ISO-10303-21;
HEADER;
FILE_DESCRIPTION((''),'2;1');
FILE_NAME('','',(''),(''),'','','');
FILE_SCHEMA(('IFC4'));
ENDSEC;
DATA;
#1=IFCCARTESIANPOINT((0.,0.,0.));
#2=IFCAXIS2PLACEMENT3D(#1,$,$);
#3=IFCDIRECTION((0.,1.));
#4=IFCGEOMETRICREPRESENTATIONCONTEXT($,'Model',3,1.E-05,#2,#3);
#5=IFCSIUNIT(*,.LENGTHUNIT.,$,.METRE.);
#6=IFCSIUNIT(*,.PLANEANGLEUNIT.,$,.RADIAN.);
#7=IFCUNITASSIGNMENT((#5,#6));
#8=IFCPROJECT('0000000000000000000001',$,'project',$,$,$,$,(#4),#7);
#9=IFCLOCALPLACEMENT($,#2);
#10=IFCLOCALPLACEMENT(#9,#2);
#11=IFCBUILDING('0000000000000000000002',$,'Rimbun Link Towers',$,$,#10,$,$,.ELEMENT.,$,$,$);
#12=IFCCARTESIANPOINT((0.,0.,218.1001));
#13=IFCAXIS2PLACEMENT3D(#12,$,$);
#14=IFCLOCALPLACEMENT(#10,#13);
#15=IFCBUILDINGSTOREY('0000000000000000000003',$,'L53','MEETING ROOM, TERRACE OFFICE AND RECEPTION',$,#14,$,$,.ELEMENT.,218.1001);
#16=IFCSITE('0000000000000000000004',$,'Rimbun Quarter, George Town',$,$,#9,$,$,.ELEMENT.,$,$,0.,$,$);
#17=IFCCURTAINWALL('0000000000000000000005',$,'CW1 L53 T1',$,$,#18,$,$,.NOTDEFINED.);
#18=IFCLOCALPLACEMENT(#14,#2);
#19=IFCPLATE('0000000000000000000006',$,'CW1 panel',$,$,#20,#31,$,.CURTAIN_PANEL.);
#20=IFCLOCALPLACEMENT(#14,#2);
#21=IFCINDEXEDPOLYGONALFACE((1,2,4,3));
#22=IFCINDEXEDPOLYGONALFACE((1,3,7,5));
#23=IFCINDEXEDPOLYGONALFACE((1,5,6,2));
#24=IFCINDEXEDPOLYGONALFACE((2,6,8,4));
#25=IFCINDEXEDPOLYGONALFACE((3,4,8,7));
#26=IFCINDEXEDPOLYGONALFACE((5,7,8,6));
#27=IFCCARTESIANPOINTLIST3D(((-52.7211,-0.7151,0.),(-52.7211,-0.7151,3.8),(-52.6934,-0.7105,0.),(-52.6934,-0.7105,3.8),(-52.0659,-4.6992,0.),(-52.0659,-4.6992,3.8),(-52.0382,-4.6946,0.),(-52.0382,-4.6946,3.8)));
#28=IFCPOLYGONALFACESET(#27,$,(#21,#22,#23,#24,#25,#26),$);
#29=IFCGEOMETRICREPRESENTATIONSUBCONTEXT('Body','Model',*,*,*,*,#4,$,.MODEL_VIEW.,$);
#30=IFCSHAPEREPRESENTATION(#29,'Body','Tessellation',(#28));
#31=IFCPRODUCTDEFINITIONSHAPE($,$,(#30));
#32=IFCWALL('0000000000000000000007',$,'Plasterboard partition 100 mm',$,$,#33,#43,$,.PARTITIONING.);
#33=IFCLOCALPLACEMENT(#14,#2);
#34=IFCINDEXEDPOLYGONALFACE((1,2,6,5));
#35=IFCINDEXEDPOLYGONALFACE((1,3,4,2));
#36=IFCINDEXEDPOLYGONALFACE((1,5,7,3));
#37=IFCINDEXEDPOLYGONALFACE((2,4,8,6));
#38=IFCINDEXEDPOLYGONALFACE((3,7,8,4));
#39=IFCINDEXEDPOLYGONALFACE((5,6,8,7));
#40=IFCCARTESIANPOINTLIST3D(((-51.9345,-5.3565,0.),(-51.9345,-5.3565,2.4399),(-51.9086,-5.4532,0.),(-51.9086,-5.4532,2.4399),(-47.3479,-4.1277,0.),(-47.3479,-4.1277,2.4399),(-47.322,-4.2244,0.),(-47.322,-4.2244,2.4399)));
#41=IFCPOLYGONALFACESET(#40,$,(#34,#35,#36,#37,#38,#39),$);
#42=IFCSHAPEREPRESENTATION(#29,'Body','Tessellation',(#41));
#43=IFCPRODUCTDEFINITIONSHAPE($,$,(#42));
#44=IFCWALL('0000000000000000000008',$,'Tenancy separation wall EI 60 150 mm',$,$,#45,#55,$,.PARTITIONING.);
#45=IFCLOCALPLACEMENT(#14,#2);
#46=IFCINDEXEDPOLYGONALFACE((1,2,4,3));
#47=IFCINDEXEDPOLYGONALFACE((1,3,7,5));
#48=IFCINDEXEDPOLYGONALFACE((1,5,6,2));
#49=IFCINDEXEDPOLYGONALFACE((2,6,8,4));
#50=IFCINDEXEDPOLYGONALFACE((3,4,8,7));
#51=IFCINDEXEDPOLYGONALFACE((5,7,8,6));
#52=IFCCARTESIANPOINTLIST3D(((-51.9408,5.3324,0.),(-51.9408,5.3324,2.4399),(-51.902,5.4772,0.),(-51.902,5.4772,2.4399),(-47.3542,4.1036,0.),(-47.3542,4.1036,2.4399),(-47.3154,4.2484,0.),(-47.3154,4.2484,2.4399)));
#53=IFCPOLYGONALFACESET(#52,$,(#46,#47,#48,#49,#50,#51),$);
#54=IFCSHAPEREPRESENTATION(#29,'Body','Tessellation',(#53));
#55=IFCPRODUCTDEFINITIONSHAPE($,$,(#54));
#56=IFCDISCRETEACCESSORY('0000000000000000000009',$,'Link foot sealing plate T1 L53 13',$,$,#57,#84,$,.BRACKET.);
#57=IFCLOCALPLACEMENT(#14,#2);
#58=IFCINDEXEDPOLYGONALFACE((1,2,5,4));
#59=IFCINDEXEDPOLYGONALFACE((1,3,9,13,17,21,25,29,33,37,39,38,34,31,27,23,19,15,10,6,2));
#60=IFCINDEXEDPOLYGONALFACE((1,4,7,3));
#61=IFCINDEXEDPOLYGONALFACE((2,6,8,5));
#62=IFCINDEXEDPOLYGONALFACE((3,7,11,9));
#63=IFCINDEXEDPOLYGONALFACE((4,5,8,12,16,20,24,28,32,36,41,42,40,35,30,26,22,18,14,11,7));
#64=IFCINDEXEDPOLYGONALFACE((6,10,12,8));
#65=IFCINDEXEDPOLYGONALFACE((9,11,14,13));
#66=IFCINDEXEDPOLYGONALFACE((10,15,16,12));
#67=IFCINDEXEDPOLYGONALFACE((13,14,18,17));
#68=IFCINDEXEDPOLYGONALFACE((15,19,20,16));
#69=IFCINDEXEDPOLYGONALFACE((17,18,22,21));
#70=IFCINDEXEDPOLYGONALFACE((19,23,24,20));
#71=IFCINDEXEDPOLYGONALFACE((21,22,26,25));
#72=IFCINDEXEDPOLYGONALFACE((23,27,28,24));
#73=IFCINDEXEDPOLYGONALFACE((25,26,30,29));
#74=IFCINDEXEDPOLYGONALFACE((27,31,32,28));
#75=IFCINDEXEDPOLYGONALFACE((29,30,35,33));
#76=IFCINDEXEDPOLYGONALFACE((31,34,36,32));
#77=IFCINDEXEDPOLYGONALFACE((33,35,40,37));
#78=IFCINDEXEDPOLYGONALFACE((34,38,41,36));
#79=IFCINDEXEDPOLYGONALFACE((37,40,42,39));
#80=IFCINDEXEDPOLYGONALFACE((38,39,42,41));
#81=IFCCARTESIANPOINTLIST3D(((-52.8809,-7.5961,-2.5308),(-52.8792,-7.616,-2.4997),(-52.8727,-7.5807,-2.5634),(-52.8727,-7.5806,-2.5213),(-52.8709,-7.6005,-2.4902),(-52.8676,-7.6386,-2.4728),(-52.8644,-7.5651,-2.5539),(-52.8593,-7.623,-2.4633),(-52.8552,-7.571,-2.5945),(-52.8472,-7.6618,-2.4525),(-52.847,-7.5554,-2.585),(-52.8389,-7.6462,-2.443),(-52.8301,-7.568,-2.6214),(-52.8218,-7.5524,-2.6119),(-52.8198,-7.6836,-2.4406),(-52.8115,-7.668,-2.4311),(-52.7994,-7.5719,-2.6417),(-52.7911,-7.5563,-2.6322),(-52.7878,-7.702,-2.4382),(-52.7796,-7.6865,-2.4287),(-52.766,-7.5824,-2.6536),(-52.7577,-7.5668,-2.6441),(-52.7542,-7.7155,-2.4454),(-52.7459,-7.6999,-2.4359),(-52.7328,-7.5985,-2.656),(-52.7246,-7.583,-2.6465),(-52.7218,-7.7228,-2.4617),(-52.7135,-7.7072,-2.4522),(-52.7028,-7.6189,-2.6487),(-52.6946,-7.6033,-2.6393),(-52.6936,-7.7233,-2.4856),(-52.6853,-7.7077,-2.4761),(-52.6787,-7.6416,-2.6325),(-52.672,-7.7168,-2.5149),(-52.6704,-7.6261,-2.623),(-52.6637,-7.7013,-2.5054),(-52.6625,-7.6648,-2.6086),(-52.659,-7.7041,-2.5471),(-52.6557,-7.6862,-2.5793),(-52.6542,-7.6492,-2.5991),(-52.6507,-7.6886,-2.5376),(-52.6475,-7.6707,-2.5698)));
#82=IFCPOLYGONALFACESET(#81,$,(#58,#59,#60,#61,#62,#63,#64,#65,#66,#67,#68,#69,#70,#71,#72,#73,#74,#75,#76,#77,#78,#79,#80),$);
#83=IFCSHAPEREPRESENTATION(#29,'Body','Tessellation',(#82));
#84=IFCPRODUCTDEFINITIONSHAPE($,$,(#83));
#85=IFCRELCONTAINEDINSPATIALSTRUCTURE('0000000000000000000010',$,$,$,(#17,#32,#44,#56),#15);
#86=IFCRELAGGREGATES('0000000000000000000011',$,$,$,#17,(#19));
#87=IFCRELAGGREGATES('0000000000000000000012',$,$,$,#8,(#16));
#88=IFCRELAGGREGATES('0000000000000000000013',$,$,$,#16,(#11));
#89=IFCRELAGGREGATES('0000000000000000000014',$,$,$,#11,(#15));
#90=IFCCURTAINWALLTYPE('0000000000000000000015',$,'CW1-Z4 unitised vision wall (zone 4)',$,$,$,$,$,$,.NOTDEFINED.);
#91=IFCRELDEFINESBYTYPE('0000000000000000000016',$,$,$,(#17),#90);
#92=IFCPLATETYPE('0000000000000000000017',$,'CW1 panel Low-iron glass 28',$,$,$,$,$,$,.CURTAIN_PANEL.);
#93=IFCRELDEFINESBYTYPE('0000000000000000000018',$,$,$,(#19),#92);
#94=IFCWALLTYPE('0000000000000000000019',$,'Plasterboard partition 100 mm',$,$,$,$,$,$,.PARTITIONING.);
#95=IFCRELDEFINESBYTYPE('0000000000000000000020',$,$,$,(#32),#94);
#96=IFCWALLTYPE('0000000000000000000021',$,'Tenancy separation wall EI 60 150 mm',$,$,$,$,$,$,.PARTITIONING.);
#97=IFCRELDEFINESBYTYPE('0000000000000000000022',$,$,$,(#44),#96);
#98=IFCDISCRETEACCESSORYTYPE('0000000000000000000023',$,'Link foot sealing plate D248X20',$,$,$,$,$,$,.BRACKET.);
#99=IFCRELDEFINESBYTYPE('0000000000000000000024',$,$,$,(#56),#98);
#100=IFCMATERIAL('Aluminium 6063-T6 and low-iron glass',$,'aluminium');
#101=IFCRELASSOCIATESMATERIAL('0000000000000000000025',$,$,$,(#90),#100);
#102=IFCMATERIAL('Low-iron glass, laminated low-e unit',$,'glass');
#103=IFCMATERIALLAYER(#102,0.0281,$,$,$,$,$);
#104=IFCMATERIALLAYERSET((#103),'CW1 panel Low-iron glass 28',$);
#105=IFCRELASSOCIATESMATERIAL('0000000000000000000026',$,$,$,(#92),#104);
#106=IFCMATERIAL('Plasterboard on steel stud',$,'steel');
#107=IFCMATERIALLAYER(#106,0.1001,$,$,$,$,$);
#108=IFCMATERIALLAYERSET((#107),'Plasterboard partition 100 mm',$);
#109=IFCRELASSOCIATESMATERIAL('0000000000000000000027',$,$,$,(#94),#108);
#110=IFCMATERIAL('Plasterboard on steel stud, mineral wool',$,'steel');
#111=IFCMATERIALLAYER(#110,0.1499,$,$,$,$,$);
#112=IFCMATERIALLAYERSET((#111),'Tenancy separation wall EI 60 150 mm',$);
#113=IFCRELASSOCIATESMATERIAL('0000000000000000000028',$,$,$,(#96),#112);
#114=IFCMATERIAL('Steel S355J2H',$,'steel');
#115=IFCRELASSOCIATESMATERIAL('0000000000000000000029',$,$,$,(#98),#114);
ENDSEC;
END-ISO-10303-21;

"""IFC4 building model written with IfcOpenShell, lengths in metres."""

from ifc_helpers import new_model, si_unit, direction, frame, frame_2d, origin, origin_2d, place, context, subcontext, project, spatial, rectangle, circle, extrude, material, layer, layer_set, material_profile, profile_set, type_object, element, aggregate, save


model = new_model("IFC4")

# Units and contexts
model_context = context("Model", 3, precision=1e-05, world=origin(), true_north=direction((0.0, 1.0)))
body_context = subcontext(model_context, "Body", "Model", "MODEL_VIEW")
ifc_project = project(units=[si_unit("LENGTHUNIT", "METRE"), si_unit("PLANEANGLEUNIT", "RADIAN")], contexts=[model_context])

# Site, building, storey
site_placement = place(None, origin())
site = spatial("IfcSite", under=ifc_project, at=site_placement, Name="Rimbun Quarter, George Town", CompositionType="ELEMENT", RefElevation=0.0)
building_placement = place(site_placement, origin())
building = spatial("IfcBuilding", under=site, at=building_placement, Name="Rimbun Link Towers", CompositionType="ELEMENT")
storey_placement = place(building_placement, frame((0.0, 0.0, 218.1001)))
storey = spatial("IfcBuildingStorey", under=building, at=storey_placement, Name="L53", Description="MEETING ROOM, TERRACE OFFICE AND RECEPTION", CompositionType="ELEMENT", Elevation=218.1001)

# Curtain wall
ifc_material_1 = material(Name="Aluminium 6063-T6 and low-iron glass", Category="aluminium")
curtain_wall_type = type_object("IfcCurtainWallType", Name="CW1-Z4 unitised vision wall (zone 4)", PredefinedType="NOTDEFINED", material=ifc_material_1)
curtain_wall_placement = place(storey_placement, origin())
curtain_wall = element("IfcCurtainWall", 1, at=curtain_wall_placement, inside=storey, type_object=curtain_wall_type, Name="CW1 L53 T1", PredefinedType="NOTDEFINED")

# Plate
ifc_material_2 = material(Name="Low-iron glass, laminated low-e unit", Category="glass")
ifc_layer_1 = layer(ifc_material_2, 0.0281)
ifc_layer_set_1 = layer_set([ifc_layer_1], Name="CW1 panel Low-iron glass 28")
plate_type = type_object("IfcPlateType", Name="CW1 panel Low-iron glass 28", PredefinedType="CURTAIN_PANEL", material=ifc_layer_set_1)
plate_1_placement = place(storey_placement, frame((-52.3796, -2.7048, 0.0), z_axis=(0.0, 0.0, 1.0), x_axis=(-0.162264, 0.986747, 0.0)))
plate_1 = element("IfcPlate", 2, at=plate_1_placement, type_object=plate_type, Name="CW1 panel", PredefinedType="CURTAIN_PANEL", context=body_context, shape_type="SweptSolid", body=[
    extrude(rectangle(XDim=4.0376, YDim=0.0281, at=origin_2d()), origin(), (0.0, 0.0, 1.0), 3.8),
])
aggregate(curtain_wall, [plate_1])

# Walls
ifc_material_3 = material(Name="Plasterboard on steel stud", Category="steel")
ifc_layer_2 = layer(ifc_material_3, 0.1001)
ifc_layer_set_2 = layer_set([ifc_layer_2], Name="Plasterboard partition 100 mm")
wall_type_1 = type_object("IfcWallType", Name="Plasterboard partition 100 mm", PredefinedType="PARTITIONING", material=ifc_layer_set_2)
wall_1_placement = place(storey_placement, frame((-51.9214, -5.4048, 0.0), z_axis=(0.0, 0.0, 1.0), x_axis=(0.965935, 0.258786, 0.0)))
element("IfcWall", 3, at=wall_1_placement, inside=storey, type_object=wall_type_1, Name="Plasterboard partition 100 mm", PredefinedType="PARTITIONING", context=body_context, shape_type="SweptSolid", body=[
    extrude(rectangle(XDim=4.7483, YDim=0.1001, at=frame_2d((2.374, 0.0))), origin(), (0.0, 0.0, 1.0), 2.4399),
])
ifc_material_4 = material(Name="Plasterboard on steel stud, mineral wool", Category="steel")
ifc_layer_3 = layer(ifc_material_4, 0.1499)
ifc_layer_set_3 = layer_set([ifc_layer_3], Name="Tenancy separation wall EI 60 150 mm")
wall_type_2 = type_object("IfcWallType", Name="Tenancy separation wall EI 60 150 mm", PredefinedType="PARTITIONING", material=ifc_layer_set_3)
wall_2_placement = place(storey_placement, frame((-47.335, 4.176, 0.0), z_axis=(0.0, 0.0, 1.0), x_axis=(-0.965935, 0.258786, 0.0)))
element("IfcWall", 4, at=wall_2_placement, inside=storey, type_object=wall_type_2, Name="Tenancy separation wall EI 60 150 mm", PredefinedType="PARTITIONING", context=body_context, shape_type="SweptSolid", body=[
    extrude(rectangle(XDim=4.7483, YDim=0.1499, at=frame_2d((2.374, 0.0))), origin(), (0.0, 0.0, 1.0), 2.4399),
])

# Discrete accessory
ifc_material_5 = material(Name="Steel S355J2H", Category="steel")
ifc_material_profile_1 = material_profile(ifc_material_5, circle(Radius=0.124, at=origin_2d()), Name="PL D248")
ifc_profile_set_1 = profile_set([ifc_material_profile_1], Name="Steel S355J2H")
discrete_accessory_type = type_object("IfcDiscreteAccessoryType", Name="Link foot sealing plate D248X20", PredefinedType="BRACKET", material=ifc_profile_set_1)
discrete_accessory_placement = place(storey_placement, frame((-52.7603, -7.6304, -2.5376), z_axis=(-0.413132, -0.777659, -0.473886), x_axis=(0.883116, -0.469155, 0.0)))
element("IfcDiscreteAccessory", 5, at=discrete_accessory_placement, inside=storey, type_object=discrete_accessory_type, Name="Link foot sealing plate T1 L53 13", PredefinedType="BRACKET", context=body_context, shape_type="SweptSolid", body=[
    extrude(circle(Radius=0.124, at=origin_2d()), origin(), (0.0, 0.0, 1.0), 0.02),
])

save(model, "model.ifc")
